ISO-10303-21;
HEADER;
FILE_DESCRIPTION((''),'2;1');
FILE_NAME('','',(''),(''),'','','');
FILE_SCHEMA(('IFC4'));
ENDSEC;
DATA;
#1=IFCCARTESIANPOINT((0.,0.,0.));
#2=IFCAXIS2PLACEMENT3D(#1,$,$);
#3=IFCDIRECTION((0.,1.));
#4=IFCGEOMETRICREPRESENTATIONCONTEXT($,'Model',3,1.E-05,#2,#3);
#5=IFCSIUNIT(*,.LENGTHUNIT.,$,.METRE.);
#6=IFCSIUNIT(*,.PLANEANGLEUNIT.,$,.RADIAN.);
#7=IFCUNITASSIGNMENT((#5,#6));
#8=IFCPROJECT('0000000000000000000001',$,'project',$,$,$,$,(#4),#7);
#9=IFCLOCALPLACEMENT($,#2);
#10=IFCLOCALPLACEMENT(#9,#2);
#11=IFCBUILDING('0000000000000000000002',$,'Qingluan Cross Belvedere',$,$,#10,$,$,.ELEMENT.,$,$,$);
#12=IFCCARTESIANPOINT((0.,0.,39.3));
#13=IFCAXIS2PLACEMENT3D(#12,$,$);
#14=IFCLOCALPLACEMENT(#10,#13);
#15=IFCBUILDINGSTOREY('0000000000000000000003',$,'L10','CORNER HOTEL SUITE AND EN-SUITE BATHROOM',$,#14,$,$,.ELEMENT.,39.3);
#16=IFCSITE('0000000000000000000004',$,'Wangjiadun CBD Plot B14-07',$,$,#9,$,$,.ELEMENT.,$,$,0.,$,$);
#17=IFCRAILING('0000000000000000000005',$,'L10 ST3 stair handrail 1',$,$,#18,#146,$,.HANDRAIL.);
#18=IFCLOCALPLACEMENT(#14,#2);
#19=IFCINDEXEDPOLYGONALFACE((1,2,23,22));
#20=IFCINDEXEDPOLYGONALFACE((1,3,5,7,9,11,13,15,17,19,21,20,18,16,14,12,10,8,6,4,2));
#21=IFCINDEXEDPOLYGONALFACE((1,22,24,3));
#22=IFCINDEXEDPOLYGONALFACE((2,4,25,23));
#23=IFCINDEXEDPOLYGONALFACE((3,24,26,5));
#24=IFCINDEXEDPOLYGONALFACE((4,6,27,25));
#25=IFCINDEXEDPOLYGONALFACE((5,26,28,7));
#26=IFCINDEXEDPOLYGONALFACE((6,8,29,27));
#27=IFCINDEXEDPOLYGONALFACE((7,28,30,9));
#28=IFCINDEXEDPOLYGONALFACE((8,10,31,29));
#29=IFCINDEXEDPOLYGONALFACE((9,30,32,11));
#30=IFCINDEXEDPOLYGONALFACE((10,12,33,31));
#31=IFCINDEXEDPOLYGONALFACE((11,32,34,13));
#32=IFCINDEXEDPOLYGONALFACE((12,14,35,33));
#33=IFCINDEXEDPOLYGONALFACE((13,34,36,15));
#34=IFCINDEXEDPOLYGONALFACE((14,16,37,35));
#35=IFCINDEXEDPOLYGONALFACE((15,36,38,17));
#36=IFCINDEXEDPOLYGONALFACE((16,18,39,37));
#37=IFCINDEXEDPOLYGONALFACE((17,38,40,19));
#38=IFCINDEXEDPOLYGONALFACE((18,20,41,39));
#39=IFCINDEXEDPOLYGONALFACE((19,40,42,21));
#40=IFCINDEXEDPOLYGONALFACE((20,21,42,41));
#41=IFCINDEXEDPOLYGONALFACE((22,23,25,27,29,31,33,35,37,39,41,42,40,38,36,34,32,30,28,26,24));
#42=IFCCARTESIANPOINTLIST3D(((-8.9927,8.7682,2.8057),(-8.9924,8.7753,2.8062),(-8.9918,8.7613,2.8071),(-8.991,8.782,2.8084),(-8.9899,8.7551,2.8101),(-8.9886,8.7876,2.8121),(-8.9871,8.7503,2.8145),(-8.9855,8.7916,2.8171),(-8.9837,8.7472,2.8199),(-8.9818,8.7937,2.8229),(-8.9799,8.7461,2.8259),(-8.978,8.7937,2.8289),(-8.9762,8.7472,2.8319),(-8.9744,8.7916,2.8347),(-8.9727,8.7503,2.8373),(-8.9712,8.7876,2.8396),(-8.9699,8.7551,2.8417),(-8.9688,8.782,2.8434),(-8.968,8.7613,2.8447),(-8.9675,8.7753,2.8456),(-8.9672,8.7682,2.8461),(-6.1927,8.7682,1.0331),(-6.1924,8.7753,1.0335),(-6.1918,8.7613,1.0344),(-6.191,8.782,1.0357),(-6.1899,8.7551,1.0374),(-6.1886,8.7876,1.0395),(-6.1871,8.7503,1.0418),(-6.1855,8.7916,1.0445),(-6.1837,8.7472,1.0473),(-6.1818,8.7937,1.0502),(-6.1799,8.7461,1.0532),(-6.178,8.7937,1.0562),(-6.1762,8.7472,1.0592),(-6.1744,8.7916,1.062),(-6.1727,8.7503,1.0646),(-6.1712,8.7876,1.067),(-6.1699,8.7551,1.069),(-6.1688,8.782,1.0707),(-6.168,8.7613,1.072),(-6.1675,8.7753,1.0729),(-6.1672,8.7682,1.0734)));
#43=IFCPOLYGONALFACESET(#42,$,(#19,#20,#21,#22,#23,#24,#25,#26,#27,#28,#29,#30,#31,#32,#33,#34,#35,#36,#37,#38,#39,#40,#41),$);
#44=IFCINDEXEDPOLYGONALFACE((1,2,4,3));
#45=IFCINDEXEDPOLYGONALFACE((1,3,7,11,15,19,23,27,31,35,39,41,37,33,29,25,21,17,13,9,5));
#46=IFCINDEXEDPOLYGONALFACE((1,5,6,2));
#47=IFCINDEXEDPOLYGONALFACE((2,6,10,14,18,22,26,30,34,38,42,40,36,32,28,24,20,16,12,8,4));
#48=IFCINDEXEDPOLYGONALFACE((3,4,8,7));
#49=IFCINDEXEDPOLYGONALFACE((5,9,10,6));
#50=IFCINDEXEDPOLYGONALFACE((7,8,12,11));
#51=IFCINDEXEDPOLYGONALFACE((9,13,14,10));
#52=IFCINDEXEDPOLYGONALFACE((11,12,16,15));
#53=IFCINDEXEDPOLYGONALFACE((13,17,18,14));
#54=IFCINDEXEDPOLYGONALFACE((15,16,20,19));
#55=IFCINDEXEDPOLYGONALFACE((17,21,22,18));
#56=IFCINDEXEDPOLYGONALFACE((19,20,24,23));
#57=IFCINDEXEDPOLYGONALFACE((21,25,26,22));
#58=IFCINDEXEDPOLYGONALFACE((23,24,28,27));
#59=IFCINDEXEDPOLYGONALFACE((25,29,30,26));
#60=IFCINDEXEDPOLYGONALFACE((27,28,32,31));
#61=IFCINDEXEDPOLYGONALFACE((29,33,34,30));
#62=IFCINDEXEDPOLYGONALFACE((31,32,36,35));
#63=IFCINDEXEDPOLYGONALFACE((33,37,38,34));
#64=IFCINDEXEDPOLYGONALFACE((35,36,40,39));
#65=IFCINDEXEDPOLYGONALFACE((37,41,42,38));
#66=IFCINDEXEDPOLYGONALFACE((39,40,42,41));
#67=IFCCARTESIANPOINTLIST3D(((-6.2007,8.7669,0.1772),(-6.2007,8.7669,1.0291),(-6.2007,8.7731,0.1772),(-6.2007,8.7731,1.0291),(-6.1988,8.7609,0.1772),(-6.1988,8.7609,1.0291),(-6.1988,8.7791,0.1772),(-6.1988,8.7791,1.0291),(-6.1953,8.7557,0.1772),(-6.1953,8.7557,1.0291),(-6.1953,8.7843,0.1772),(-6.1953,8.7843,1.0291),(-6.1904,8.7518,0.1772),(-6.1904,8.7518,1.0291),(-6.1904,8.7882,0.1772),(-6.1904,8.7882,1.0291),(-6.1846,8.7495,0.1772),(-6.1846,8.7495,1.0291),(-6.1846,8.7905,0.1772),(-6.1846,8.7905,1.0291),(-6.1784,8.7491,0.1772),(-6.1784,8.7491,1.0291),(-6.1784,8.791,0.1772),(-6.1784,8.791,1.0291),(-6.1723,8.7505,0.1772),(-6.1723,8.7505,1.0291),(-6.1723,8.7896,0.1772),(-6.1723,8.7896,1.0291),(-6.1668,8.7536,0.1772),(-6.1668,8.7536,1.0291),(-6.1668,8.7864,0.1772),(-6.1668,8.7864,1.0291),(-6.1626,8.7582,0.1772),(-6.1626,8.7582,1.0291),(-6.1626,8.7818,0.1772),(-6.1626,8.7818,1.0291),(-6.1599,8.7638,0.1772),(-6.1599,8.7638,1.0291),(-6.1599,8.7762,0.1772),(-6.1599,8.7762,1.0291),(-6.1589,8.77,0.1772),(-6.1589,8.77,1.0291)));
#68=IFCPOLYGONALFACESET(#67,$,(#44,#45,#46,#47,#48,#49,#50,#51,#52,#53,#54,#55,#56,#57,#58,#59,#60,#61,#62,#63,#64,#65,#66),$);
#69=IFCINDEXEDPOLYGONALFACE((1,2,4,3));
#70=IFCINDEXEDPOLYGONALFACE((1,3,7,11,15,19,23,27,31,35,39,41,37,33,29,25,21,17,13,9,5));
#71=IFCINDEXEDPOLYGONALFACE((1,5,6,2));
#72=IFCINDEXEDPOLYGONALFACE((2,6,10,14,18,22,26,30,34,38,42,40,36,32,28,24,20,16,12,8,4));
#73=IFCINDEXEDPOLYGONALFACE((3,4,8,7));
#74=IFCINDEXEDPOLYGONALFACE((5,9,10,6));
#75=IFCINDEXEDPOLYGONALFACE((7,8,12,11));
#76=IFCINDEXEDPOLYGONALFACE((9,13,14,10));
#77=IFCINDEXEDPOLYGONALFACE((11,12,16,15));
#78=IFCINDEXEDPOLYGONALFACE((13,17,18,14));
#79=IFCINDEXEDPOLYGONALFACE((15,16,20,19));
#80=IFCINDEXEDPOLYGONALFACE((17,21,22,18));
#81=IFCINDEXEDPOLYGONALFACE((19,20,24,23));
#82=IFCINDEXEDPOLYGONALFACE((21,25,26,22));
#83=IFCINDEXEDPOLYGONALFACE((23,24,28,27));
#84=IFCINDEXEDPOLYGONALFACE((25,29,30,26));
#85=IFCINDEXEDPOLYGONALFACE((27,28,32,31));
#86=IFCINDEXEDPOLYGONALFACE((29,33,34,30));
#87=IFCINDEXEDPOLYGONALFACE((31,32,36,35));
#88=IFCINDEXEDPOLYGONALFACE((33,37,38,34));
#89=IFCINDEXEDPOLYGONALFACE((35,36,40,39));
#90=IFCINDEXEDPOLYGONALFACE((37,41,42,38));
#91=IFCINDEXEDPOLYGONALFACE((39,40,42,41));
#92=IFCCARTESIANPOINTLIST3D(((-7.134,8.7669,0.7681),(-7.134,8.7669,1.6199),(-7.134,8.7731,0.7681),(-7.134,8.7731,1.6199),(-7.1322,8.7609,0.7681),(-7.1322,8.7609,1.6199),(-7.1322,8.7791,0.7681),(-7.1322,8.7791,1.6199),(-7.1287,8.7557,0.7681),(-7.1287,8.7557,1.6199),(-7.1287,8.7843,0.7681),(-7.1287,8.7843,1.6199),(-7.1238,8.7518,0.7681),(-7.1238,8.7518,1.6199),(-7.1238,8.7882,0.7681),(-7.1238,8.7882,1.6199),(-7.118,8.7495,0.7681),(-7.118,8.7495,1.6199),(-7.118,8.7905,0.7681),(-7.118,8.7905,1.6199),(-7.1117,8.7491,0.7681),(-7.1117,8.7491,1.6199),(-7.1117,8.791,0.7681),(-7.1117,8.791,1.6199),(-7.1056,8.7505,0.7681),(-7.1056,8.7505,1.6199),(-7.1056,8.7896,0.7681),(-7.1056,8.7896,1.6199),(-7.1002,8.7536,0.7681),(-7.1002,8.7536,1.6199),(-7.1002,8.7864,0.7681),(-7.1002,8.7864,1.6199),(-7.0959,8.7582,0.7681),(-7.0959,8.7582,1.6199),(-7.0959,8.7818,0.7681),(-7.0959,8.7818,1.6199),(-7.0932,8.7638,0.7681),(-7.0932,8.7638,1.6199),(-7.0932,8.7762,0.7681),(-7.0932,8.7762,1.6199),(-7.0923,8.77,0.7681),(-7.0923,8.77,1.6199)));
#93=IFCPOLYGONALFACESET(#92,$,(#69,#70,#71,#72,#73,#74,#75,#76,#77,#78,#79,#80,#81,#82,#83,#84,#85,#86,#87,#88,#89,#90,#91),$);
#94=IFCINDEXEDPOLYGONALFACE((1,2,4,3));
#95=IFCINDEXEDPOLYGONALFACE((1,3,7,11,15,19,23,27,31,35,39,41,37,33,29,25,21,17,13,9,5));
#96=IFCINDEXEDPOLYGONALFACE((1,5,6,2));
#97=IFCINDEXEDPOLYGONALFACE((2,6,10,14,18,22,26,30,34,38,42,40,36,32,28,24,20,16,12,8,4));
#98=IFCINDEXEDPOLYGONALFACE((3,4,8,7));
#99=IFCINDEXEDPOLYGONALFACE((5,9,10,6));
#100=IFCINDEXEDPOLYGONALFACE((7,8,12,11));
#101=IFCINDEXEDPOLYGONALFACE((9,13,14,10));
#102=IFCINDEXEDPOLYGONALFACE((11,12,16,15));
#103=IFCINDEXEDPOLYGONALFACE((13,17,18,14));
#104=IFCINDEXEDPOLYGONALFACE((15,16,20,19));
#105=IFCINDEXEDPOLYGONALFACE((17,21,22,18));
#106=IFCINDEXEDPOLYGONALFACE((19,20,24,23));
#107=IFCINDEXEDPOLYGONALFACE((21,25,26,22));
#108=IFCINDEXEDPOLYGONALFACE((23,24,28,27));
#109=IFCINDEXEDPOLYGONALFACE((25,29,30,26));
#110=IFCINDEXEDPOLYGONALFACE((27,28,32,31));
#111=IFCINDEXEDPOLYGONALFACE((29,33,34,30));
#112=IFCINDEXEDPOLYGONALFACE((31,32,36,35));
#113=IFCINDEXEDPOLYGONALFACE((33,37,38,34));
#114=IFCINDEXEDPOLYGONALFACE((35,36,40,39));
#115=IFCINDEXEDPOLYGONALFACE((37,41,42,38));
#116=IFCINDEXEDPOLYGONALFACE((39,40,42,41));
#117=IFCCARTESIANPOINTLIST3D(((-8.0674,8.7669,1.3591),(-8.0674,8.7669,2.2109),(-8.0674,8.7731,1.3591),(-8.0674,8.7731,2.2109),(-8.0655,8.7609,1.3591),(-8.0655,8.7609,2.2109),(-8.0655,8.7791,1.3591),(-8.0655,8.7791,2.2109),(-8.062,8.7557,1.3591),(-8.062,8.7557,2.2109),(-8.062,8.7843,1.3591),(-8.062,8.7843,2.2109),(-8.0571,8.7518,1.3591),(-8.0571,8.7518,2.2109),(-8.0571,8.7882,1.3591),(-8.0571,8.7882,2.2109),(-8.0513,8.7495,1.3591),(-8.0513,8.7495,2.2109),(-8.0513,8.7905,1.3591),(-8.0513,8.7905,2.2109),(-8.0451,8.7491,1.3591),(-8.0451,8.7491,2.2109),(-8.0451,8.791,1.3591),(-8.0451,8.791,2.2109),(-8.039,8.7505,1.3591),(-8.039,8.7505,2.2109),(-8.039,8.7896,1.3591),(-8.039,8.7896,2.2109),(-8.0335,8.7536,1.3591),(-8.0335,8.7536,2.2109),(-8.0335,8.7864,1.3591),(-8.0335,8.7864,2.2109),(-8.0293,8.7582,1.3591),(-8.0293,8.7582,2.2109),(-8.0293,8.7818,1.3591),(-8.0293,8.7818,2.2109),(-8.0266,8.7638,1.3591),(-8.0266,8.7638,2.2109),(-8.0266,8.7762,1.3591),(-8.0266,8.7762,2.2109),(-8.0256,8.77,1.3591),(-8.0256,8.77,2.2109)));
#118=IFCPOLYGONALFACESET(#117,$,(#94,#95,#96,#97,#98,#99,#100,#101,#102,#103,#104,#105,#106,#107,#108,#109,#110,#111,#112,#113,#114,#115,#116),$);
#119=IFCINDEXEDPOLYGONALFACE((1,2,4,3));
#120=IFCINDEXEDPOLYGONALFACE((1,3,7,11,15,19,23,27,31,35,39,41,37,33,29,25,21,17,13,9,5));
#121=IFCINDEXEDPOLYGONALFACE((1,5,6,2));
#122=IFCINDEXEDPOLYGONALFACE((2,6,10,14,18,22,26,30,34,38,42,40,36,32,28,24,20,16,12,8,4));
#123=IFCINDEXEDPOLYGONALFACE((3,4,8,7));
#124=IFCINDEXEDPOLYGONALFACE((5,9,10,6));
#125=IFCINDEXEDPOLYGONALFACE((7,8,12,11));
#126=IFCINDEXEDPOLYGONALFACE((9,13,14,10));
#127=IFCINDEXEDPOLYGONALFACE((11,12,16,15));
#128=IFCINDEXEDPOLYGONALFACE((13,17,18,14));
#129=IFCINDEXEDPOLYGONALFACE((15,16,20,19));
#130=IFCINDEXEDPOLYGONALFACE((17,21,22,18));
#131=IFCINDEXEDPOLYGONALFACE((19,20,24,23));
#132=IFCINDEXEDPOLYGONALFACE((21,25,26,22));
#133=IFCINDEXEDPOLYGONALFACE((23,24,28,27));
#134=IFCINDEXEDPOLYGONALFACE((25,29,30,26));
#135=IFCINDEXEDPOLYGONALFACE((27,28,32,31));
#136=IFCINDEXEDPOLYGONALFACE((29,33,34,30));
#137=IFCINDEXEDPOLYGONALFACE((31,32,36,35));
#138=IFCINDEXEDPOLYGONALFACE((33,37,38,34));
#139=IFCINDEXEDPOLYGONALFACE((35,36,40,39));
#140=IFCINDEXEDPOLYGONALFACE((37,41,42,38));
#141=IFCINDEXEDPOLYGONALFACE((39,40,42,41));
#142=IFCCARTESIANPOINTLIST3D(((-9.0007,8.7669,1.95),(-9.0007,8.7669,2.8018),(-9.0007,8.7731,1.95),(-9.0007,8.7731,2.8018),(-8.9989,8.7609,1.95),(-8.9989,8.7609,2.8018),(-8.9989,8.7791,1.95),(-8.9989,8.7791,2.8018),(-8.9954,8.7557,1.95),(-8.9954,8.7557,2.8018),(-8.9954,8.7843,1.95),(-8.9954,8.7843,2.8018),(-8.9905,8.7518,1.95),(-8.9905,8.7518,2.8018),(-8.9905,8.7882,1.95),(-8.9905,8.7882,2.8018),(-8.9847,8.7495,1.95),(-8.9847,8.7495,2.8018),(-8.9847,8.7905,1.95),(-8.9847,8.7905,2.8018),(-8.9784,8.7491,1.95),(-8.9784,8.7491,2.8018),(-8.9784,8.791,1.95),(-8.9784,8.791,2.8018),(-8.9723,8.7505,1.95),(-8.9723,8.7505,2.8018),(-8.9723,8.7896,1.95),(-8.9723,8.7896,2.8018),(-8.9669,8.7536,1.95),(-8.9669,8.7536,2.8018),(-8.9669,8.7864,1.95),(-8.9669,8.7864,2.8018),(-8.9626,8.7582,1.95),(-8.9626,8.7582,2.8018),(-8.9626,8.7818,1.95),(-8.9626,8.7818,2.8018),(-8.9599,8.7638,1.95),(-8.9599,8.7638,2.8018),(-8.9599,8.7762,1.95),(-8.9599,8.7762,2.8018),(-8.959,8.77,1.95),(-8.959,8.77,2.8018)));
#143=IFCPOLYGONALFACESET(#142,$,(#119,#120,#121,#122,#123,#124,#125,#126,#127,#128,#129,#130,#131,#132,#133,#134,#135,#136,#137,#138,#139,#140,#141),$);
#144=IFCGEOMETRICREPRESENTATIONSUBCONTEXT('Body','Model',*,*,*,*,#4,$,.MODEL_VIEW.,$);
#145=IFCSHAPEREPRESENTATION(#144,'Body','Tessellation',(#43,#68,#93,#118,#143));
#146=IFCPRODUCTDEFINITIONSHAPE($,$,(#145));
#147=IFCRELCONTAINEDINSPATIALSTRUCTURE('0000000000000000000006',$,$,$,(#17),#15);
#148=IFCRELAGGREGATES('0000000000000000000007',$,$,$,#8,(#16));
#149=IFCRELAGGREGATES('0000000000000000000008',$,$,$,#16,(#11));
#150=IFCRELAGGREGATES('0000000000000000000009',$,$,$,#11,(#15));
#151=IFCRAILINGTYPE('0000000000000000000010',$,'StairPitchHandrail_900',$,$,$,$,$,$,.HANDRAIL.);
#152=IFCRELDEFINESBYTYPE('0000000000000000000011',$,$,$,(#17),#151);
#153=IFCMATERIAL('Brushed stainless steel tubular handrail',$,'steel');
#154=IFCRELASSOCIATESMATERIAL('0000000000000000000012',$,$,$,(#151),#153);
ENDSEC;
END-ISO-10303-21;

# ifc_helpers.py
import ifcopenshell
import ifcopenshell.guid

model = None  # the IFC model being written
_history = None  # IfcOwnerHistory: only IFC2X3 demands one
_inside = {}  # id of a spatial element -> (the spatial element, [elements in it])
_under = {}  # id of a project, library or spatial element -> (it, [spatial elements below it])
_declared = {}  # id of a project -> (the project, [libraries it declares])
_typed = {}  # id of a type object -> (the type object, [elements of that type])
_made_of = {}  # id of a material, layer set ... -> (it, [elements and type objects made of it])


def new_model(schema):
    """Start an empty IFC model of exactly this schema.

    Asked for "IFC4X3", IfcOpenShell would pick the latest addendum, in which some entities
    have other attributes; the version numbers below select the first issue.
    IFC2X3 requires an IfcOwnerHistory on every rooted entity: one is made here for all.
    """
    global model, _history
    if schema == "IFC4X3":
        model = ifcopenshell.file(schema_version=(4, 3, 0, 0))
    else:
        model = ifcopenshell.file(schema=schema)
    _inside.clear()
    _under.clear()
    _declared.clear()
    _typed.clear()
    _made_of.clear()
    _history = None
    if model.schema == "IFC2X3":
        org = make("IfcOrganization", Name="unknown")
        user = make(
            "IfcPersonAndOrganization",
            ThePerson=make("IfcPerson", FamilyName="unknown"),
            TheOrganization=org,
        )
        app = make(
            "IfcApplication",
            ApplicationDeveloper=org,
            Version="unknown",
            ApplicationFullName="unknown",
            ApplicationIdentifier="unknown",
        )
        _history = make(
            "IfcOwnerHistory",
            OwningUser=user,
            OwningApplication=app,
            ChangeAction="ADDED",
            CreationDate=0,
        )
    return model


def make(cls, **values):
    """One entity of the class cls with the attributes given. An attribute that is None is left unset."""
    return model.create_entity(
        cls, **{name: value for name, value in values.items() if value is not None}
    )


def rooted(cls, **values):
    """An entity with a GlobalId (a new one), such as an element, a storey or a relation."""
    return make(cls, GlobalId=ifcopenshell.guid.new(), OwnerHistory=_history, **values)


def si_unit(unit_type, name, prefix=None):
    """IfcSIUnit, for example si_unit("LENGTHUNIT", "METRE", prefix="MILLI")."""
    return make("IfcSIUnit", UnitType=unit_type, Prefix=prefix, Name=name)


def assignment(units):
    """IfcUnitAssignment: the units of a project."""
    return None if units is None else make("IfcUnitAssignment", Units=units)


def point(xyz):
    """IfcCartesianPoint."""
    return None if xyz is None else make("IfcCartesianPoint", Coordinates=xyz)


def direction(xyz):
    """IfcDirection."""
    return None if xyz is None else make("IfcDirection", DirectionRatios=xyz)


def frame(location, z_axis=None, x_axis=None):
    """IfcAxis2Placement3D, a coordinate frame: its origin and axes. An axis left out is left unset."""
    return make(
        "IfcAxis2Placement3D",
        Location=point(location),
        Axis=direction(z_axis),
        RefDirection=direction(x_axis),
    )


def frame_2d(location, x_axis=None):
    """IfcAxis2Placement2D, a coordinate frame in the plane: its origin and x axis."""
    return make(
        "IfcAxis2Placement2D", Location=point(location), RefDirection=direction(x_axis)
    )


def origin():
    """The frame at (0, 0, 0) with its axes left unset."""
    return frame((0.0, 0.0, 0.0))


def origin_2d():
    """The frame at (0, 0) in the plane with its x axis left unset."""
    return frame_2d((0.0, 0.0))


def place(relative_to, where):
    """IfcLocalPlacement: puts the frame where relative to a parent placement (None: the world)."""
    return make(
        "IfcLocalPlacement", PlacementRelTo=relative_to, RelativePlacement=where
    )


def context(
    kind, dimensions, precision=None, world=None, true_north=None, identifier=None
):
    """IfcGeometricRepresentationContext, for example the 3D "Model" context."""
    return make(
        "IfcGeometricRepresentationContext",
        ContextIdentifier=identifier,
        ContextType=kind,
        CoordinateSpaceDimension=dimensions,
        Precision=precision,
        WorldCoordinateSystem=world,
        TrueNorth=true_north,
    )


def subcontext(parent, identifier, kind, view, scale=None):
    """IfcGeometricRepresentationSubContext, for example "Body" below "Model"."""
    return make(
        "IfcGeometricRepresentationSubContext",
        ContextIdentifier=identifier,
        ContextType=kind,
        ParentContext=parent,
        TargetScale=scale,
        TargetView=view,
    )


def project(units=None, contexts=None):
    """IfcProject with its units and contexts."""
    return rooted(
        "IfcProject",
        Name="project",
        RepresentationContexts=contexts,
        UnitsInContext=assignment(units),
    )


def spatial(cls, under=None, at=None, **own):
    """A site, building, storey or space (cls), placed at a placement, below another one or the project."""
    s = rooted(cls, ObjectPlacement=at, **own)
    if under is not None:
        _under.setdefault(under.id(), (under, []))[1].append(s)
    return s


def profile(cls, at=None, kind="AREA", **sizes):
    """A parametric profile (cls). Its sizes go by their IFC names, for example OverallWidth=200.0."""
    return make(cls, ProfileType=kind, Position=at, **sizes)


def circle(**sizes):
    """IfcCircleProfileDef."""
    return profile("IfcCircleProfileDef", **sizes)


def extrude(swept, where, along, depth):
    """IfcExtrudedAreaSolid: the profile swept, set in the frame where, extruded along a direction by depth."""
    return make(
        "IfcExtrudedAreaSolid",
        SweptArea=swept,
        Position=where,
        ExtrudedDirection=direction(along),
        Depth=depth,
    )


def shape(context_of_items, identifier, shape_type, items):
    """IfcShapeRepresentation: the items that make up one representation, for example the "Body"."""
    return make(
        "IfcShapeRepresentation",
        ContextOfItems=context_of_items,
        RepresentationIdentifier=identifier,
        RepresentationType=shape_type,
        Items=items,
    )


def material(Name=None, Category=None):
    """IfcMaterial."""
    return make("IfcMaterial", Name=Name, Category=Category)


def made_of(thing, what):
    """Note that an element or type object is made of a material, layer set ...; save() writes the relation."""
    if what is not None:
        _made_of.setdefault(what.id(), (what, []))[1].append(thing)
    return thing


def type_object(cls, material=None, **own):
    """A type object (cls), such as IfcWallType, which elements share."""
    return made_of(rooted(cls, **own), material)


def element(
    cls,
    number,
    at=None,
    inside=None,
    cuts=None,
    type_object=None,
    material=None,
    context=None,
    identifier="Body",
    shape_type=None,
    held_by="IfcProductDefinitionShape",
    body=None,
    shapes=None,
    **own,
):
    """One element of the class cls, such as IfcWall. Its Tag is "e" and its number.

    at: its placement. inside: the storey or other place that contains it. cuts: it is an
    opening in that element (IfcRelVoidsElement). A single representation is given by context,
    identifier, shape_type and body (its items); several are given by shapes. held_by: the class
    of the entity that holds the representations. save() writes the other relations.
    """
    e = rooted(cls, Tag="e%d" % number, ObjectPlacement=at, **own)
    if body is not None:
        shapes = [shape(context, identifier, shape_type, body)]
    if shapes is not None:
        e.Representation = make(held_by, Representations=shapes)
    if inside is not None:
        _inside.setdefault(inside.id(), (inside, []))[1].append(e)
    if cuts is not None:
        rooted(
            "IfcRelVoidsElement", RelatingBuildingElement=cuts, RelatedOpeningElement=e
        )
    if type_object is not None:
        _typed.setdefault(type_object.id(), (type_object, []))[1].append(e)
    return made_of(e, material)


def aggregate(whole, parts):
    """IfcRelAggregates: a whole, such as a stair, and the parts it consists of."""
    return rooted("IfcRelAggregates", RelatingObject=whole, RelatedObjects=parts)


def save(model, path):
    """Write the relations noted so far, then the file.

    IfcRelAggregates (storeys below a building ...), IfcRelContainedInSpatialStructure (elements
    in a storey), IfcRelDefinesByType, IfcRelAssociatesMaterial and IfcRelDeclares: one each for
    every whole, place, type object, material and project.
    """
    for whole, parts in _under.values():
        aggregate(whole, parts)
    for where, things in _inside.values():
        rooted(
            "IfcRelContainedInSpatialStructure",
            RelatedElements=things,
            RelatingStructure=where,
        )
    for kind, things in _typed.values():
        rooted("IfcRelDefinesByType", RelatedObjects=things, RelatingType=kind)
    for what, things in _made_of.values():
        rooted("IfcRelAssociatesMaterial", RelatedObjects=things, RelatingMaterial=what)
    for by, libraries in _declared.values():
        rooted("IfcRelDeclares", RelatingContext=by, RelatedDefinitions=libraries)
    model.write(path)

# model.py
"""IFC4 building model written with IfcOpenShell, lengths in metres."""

from ifc_helpers import new_model, si_unit, direction, frame, origin, origin_2d, place, context, subcontext, project, spatial, circle, extrude, material, type_object, element, save


model = new_model("IFC4")

# Units and contexts
model_context = context("Model", 3, precision=1e-05, world=origin(), true_north=direction((0.0, 1.0)))
body_context = subcontext(model_context, "Body", "Model", "MODEL_VIEW")
ifc_project = project(units=[si_unit("LENGTHUNIT", "METRE"), si_unit("PLANEANGLEUNIT", "RADIAN")], contexts=[model_context])

# Site, building, storey
site_placement = place(None, origin())
site = spatial("IfcSite", under=ifc_project, at=site_placement, Name="Wangjiadun CBD Plot B14-07", CompositionType="ELEMENT", RefElevation=0.0)
building_placement = place(site_placement, origin())
building = spatial("IfcBuilding", under=site, at=building_placement, Name="Qingluan Cross Belvedere", CompositionType="ELEMENT")
storey_placement = place(building_placement, frame((0.0, 0.0, 39.3)))
storey = spatial("IfcBuildingStorey", under=building, at=storey_placement, Name="L10", Description="CORNER HOTEL SUITE AND EN-SUITE BATHROOM", CompositionType="ELEMENT", Elevation=39.3)

# Railing
ifc_material_1 = material(Name="Brushed stainless steel tubular handrail", Category="steel")
railing_type_1 = type_object("IfcRailingType", Name="StairPitchHandrail_900", PredefinedType="HANDRAIL", material=ifc_material_1)
railing_1_placement = place(storey_placement, frame((-6.1799, 8.77, 0.1772)))
element("IfcRailing", 1, at=railing_1_placement, inside=storey, type_object=railing_type_1, Name="L10 ST3 stair handrail 1", PredefinedType="HANDRAIL", context=body_context, shape_type="SweptSolid", body=[
    extrude(circle(Radius=0.0239, at=origin_2d()), frame((0.0, 0.0, 0.876), z_axis=(-0.844909, 0.0, 0.53491), x_axis=(0.0, -1.0, 0.0)), (0.0, 0.0, 1.0), 3.314),
    extrude(circle(Radius=0.021, at=origin_2d()), origin(), (0.0, 0.0, 1.0), 0.8518),
    extrude(circle(Radius=0.021, at=origin_2d()), frame((-0.9333, 0.0, 0.5908)), (0.0, 0.0, 1.0), 0.8518),
    extrude(circle(Radius=0.021, at=origin_2d()), frame((-1.8667, 0.0, 1.1819)), (0.0, 0.0, 1.0), 0.8518),
    extrude(circle(Radius=0.021, at=origin_2d()), frame((-2.8, 0.0, 1.7727)), (0.0, 0.0, 1.0), 0.8518),
])

save(model, "model.ifc")
